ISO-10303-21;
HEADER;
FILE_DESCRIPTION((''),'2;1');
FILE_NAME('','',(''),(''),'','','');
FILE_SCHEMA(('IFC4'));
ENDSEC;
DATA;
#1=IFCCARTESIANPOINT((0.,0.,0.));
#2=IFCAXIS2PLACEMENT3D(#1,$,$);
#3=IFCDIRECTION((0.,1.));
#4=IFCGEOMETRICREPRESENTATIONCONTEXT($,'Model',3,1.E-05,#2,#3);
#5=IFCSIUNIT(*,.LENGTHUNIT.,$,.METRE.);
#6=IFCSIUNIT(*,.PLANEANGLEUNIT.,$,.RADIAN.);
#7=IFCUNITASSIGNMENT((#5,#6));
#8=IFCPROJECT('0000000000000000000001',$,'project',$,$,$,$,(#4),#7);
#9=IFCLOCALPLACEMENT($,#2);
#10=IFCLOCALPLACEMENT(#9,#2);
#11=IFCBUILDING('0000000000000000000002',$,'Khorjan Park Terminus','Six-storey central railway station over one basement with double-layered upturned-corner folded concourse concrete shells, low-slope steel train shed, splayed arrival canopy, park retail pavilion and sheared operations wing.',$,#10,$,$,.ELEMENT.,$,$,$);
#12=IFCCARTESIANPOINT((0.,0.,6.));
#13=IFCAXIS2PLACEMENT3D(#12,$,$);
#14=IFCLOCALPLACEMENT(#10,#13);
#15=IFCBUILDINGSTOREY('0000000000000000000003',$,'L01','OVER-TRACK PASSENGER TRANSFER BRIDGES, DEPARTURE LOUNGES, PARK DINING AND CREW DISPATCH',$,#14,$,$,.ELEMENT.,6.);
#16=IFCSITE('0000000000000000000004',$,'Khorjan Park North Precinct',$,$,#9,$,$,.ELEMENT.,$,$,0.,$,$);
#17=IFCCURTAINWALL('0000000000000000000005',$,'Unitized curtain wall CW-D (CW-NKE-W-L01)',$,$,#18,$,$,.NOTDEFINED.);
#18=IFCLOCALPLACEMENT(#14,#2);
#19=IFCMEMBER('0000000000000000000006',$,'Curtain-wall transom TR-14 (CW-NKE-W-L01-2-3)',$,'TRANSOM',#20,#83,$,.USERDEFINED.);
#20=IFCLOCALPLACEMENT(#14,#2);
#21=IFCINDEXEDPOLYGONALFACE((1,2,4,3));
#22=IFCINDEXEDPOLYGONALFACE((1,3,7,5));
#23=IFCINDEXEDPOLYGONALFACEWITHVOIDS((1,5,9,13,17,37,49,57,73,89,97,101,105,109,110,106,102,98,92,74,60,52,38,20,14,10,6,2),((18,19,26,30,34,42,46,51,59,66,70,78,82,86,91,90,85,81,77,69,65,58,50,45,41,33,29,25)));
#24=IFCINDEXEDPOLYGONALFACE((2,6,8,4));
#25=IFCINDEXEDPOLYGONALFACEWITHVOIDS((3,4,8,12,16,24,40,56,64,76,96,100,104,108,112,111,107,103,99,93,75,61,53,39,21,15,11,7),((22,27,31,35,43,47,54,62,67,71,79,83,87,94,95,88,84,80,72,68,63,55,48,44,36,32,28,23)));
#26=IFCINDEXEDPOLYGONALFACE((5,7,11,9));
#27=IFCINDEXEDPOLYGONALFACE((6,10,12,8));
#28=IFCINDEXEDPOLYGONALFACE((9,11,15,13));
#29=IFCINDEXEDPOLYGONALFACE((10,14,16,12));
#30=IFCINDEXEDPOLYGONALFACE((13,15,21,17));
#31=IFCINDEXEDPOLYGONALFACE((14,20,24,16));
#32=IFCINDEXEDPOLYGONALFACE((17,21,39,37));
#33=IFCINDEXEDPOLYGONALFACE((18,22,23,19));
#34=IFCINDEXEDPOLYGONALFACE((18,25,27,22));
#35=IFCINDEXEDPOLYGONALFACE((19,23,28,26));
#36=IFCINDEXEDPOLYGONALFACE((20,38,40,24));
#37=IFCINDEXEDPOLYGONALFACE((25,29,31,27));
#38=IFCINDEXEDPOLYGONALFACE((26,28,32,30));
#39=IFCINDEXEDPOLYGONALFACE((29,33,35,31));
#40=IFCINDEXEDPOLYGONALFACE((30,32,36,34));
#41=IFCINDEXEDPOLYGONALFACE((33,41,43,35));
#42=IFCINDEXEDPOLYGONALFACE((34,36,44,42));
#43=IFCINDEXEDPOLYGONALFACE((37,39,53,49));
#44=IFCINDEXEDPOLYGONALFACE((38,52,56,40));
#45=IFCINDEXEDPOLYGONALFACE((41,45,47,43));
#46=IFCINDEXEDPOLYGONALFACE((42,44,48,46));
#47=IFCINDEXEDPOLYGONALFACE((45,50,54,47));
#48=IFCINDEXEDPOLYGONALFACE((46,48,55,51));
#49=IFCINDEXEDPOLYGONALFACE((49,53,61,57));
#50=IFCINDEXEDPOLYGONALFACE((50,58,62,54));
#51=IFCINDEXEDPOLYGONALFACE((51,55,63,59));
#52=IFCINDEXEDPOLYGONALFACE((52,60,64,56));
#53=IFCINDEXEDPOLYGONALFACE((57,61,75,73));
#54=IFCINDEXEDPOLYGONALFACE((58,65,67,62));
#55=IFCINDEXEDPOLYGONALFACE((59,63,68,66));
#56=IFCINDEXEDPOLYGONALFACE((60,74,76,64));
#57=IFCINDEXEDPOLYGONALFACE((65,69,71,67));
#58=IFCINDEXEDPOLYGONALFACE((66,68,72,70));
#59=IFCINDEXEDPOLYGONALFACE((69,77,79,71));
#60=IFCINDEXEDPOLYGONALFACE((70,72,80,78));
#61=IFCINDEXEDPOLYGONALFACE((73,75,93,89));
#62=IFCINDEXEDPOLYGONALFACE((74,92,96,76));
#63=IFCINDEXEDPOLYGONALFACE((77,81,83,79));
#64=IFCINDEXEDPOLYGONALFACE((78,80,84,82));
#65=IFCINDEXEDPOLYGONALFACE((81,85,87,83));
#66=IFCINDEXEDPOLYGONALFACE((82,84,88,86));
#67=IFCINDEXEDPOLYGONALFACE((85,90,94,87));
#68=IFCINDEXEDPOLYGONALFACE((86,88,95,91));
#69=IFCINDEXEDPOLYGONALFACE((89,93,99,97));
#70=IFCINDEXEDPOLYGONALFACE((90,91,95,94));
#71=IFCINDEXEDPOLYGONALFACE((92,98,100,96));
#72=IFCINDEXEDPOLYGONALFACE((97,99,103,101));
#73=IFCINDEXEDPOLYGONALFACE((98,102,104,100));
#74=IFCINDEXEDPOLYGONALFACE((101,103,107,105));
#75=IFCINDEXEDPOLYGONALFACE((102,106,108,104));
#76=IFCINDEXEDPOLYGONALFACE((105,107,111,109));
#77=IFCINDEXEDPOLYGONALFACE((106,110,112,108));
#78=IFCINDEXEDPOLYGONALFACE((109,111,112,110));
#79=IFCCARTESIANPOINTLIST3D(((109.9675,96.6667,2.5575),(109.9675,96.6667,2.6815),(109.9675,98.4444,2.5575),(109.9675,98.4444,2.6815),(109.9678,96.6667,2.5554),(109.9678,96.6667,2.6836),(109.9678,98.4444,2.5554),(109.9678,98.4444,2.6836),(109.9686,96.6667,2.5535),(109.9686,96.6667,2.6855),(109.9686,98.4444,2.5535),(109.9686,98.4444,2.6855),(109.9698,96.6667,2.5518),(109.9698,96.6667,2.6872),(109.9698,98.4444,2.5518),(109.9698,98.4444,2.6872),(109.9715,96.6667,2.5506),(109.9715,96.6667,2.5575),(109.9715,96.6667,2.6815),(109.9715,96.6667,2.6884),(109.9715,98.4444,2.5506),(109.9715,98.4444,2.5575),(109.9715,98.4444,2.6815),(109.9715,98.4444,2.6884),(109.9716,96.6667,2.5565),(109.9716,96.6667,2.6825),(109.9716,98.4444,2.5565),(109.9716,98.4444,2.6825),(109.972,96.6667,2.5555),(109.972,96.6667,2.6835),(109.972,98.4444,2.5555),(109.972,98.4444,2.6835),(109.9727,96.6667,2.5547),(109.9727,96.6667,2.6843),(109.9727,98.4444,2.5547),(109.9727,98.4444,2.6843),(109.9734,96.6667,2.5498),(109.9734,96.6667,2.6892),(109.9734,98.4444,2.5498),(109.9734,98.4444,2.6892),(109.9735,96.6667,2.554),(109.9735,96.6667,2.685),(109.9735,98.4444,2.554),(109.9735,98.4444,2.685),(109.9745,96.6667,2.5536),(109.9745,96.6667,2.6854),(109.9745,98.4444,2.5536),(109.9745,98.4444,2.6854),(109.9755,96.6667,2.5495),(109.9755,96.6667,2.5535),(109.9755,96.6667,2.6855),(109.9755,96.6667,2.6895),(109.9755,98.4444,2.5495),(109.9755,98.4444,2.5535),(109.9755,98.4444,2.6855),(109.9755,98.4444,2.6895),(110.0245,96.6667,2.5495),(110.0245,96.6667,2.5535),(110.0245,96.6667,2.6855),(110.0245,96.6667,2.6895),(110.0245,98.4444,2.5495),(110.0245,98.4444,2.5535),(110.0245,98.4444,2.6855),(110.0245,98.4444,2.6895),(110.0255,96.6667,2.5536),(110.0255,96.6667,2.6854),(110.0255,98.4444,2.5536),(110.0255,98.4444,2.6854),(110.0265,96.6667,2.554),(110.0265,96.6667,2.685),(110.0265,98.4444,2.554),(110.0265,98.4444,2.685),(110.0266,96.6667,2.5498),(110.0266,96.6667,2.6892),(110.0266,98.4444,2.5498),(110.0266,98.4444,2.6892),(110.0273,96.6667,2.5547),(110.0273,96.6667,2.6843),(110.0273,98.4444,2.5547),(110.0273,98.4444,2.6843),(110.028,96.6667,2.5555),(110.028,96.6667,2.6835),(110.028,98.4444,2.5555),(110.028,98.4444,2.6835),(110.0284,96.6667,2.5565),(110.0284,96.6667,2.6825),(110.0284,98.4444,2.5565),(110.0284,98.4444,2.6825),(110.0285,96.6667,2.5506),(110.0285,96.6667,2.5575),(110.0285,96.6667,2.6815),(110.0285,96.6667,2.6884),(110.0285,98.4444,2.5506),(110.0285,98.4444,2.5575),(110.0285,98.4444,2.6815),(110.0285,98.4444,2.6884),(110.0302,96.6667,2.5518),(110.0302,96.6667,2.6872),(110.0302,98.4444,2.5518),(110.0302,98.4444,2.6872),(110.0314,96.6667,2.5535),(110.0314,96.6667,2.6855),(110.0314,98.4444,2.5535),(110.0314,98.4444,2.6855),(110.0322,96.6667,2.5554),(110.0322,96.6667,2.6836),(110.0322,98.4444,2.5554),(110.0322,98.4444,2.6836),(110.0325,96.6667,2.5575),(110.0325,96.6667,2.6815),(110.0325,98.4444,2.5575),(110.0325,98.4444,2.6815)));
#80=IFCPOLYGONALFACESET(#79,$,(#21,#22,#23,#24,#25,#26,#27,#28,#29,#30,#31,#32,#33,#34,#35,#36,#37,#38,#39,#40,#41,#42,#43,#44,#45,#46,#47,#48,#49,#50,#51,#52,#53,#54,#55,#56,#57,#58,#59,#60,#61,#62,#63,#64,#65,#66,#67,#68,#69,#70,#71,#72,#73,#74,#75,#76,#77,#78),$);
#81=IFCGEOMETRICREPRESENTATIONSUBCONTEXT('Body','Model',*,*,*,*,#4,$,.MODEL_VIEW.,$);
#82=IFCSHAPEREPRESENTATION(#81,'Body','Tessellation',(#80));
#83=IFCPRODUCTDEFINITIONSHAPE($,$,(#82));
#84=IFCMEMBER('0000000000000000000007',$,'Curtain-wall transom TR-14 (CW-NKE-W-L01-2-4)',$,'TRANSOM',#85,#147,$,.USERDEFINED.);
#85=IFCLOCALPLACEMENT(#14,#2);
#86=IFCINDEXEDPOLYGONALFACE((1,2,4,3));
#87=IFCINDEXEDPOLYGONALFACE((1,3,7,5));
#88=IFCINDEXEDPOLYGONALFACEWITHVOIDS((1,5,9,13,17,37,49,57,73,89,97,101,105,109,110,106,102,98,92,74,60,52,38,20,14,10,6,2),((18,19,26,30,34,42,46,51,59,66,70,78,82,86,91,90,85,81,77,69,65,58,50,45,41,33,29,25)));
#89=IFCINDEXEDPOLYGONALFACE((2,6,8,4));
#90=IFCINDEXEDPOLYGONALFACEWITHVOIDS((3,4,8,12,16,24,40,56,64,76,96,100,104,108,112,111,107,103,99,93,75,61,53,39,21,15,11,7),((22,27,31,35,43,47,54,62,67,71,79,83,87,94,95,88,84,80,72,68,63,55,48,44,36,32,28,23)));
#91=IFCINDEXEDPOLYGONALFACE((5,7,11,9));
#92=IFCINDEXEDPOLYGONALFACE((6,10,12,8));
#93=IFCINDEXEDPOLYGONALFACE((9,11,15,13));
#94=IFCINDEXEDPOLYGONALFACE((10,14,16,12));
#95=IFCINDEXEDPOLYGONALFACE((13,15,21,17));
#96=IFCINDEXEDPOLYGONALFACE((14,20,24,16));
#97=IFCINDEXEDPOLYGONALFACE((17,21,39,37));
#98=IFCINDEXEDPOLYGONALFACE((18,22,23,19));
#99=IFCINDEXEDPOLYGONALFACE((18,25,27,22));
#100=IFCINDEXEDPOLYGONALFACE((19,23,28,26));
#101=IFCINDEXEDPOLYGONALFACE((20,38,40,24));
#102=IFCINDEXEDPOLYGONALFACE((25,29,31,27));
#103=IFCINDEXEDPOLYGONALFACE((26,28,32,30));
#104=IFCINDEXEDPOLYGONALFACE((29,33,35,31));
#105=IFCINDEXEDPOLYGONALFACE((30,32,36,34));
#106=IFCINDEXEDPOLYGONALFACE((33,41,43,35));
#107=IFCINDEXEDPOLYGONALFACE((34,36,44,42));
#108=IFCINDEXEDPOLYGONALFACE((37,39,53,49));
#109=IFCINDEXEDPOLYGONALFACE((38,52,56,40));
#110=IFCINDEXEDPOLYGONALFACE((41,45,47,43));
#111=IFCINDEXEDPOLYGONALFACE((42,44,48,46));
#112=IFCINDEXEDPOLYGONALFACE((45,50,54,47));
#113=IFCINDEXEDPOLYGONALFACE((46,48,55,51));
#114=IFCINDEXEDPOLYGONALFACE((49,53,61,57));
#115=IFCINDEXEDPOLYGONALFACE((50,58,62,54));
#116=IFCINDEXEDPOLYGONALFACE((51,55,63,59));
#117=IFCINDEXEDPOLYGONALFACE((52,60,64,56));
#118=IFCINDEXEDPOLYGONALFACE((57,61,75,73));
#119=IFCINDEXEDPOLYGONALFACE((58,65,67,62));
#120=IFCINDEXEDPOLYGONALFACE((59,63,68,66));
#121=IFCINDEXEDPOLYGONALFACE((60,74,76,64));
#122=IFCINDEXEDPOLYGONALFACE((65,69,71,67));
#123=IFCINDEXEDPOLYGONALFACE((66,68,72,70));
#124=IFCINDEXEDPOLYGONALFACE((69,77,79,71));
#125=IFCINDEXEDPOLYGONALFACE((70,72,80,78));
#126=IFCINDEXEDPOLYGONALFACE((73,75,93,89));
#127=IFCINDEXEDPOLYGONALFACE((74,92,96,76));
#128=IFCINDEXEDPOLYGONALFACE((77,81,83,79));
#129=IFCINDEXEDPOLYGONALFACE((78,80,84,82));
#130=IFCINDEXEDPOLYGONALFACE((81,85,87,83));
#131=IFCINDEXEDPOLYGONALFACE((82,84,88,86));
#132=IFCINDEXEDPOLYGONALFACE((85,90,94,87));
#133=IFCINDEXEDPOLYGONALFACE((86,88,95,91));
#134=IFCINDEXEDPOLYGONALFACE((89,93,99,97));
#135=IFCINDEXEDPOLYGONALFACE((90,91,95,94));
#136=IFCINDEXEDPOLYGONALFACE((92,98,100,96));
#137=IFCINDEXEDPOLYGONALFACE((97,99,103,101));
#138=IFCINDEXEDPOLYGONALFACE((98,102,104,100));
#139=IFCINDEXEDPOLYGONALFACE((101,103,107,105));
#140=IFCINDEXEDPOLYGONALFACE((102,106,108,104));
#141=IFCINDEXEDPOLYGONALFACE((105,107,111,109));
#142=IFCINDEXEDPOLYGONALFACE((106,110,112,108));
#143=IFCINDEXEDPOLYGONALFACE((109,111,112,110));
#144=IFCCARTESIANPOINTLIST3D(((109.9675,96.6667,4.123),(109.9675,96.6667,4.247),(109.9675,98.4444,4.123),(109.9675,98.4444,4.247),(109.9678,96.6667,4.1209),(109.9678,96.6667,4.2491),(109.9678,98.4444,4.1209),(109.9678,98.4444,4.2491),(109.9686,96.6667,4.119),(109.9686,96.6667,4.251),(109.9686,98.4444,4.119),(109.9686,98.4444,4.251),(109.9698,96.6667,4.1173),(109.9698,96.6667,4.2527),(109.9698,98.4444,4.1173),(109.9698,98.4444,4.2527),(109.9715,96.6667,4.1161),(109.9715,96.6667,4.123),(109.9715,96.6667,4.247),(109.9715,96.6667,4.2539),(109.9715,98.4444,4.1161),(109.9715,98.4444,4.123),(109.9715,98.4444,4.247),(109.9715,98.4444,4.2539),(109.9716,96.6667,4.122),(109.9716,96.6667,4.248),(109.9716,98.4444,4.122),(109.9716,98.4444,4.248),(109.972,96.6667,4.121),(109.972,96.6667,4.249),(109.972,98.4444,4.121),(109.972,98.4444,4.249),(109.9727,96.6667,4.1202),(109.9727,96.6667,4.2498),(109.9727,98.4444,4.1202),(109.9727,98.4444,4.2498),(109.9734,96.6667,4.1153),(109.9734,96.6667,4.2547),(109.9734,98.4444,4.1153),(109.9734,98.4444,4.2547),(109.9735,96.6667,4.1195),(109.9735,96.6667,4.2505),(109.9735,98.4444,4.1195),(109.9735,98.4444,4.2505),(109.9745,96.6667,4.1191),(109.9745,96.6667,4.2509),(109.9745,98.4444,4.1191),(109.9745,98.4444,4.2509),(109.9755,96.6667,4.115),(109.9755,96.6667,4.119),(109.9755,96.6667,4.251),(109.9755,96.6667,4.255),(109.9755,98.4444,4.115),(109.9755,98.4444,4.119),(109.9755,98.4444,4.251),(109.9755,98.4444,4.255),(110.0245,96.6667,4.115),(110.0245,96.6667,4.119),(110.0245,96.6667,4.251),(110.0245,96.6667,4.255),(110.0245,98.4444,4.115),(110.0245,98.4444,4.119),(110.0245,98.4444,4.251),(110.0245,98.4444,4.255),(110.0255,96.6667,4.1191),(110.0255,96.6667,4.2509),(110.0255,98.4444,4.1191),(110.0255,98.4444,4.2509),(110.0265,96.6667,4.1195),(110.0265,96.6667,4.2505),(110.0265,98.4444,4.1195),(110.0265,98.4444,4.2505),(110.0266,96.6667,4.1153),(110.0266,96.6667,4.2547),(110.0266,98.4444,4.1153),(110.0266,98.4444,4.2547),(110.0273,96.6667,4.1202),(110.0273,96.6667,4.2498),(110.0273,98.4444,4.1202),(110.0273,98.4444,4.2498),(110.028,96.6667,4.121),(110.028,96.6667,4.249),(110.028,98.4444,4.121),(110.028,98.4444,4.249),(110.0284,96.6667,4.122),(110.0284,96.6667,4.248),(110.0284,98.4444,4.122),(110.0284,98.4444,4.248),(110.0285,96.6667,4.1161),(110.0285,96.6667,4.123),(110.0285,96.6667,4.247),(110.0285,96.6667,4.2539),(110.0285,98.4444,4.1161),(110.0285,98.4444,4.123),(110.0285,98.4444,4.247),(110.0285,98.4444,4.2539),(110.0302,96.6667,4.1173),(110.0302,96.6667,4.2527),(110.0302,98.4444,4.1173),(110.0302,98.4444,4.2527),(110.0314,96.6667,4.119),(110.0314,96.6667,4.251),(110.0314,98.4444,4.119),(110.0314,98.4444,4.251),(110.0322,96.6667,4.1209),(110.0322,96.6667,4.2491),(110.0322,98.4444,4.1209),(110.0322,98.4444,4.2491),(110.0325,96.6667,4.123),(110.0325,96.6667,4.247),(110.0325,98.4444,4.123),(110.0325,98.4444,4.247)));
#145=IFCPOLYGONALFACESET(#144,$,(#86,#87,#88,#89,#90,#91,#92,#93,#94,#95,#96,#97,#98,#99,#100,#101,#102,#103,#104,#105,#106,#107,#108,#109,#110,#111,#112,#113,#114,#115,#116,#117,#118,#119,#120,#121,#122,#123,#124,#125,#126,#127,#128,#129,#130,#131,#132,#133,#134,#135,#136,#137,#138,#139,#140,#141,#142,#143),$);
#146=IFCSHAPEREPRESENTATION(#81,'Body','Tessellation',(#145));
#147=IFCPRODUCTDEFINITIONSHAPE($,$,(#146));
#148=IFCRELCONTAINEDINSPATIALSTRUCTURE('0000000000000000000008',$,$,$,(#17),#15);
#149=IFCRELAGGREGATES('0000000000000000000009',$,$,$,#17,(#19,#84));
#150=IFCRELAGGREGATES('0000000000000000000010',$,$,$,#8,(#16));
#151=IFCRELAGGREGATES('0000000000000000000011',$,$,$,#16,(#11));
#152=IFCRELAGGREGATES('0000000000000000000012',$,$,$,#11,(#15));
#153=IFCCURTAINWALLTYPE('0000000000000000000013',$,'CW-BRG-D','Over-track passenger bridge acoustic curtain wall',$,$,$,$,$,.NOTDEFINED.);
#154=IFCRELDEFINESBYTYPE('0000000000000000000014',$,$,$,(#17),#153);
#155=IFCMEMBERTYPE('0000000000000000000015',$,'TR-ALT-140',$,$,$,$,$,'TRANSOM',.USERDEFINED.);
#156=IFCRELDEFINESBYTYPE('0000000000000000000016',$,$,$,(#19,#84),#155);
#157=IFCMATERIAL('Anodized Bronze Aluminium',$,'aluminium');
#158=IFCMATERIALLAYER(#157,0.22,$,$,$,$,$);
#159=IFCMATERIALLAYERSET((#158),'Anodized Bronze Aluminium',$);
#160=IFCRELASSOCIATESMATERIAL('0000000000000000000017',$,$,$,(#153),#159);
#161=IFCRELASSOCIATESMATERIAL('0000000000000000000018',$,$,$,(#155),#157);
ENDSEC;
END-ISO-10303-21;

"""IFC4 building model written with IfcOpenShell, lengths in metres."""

from ifc_helpers import new_model, si_unit, direction, frame, origin, origin_2d, place, context, subcontext, project, spatial, hollow_rectangle, extrude, material, layer, layer_set, material_profile, profile_set, type_object, element, aggregate, save


model = new_model("IFC4")

# Units and contexts
model_context = context("Model", 3, precision=1e-05, world=origin(), true_north=direction((0.0, 1.0)))
body_context = subcontext(model_context, "Body", "Model", "MODEL_VIEW")
ifc_project = project(units=[si_unit("LENGTHUNIT", "METRE"), si_unit("PLANEANGLEUNIT", "RADIAN")], contexts=[model_context])

# Site, building, storey
site_placement = place(None, origin())
site = spatial("IfcSite", under=ifc_project, at=site_placement, Name="Khorjan Park North Precinct", CompositionType="ELEMENT", RefElevation=0.0)
building_placement = place(site_placement, origin())
building = spatial("IfcBuilding", under=site, at=building_placement, Name="Khorjan Park Terminus", Description="Six-storey central railway station over one basement with double-layered upturned-corner folded concourse concrete shells, low-slope steel train shed, splayed arrival canopy, park retail pavilion and sheared operations wing.", CompositionType="ELEMENT")
storey_placement = place(building_placement, frame((0.0, 0.0, 6.0)))
storey = spatial("IfcBuildingStorey", under=building, at=storey_placement, Name="L01", Description="OVER-TRACK PASSENGER TRANSFER BRIDGES, DEPARTURE LOUNGES, PARK DINING AND CREW DISPATCH", CompositionType="ELEMENT", Elevation=6.0)

# Curtain wall, members
ifc_material_1 = material(Name="Anodized Bronze Aluminium", Category="aluminium")
ifc_layer_1 = layer(ifc_material_1, 0.22)
ifc_layer_set_1 = layer_set([ifc_layer_1], Name="Anodized Bronze Aluminium")
curtain_wall_type = type_object("IfcCurtainWallType", Name="CW-BRG-D", Description="Over-track passenger bridge acoustic curtain wall", PredefinedType="NOTDEFINED", material=ifc_layer_set_1)
curtain_wall_placement = place(storey_placement, origin())
curtain_wall = element("IfcCurtainWall", 1, at=curtain_wall_placement, inside=storey, type_object=curtain_wall_type, Name="Unitized curtain wall CW-D (CW-NKE-W-L01)", PredefinedType="NOTDEFINED")
ifc_material_profile_1 = material_profile(ifc_material_1, hollow_rectangle(XDim=0.065, YDim=0.14, WallThickness=0.004, InnerFilletRadius=0.004, OuterFilletRadius=0.008, at=origin_2d()), Name="ALT 65x140x4")
ifc_profile_set_1 = profile_set([ifc_material_profile_1], Name="Anodized Bronze Aluminium")
member_type_1 = type_object("IfcMemberType", Name="TR-ALT-140", ElementType="TRANSOM", PredefinedType="USERDEFINED", material=ifc_profile_set_1)
member_1_placement = place(storey_placement, frame((110.0, 98.4444, 2.6195), z_axis=(0.0, -1.0, 0.0), x_axis=(1.0, 0.0, 0.0)))
member_1 = element("IfcMember", 2, at=member_1_placement, type_object=member_type_1, Name="Curtain-wall transom TR-14 (CW-NKE-W-L01-2-3)", ObjectType="TRANSOM", PredefinedType="USERDEFINED", context=body_context, shape_type="SweptSolid", body=[
    extrude(hollow_rectangle(XDim=0.065, YDim=0.14, WallThickness=0.004, InnerFilletRadius=0.004, OuterFilletRadius=0.008, at=origin_2d()), origin(), (0.0, 0.0, 1.0), 1.7777),
])
member_2_placement = place(storey_placement, frame((110.0, 98.4444, 4.185), z_axis=(0.0, -1.0, 0.0), x_axis=(1.0, 0.0, 0.0)))
member_2 = element("IfcMember", 3, at=member_2_placement, type_object=member_type_1, Name="Curtain-wall transom TR-14 (CW-NKE-W-L01-2-4)", ObjectType="TRANSOM", PredefinedType="USERDEFINED", context=body_context, shape_type="SweptSolid", body=[
    extrude(hollow_rectangle(XDim=0.065, YDim=0.14, WallThickness=0.004, InnerFilletRadius=0.004, OuterFilletRadius=0.008, at=origin_2d()), origin(), (0.0, 0.0, 1.0), 1.7777),
])
aggregate(curtain_wall, [member_1, member_2])

save(model, "model.ifc")
